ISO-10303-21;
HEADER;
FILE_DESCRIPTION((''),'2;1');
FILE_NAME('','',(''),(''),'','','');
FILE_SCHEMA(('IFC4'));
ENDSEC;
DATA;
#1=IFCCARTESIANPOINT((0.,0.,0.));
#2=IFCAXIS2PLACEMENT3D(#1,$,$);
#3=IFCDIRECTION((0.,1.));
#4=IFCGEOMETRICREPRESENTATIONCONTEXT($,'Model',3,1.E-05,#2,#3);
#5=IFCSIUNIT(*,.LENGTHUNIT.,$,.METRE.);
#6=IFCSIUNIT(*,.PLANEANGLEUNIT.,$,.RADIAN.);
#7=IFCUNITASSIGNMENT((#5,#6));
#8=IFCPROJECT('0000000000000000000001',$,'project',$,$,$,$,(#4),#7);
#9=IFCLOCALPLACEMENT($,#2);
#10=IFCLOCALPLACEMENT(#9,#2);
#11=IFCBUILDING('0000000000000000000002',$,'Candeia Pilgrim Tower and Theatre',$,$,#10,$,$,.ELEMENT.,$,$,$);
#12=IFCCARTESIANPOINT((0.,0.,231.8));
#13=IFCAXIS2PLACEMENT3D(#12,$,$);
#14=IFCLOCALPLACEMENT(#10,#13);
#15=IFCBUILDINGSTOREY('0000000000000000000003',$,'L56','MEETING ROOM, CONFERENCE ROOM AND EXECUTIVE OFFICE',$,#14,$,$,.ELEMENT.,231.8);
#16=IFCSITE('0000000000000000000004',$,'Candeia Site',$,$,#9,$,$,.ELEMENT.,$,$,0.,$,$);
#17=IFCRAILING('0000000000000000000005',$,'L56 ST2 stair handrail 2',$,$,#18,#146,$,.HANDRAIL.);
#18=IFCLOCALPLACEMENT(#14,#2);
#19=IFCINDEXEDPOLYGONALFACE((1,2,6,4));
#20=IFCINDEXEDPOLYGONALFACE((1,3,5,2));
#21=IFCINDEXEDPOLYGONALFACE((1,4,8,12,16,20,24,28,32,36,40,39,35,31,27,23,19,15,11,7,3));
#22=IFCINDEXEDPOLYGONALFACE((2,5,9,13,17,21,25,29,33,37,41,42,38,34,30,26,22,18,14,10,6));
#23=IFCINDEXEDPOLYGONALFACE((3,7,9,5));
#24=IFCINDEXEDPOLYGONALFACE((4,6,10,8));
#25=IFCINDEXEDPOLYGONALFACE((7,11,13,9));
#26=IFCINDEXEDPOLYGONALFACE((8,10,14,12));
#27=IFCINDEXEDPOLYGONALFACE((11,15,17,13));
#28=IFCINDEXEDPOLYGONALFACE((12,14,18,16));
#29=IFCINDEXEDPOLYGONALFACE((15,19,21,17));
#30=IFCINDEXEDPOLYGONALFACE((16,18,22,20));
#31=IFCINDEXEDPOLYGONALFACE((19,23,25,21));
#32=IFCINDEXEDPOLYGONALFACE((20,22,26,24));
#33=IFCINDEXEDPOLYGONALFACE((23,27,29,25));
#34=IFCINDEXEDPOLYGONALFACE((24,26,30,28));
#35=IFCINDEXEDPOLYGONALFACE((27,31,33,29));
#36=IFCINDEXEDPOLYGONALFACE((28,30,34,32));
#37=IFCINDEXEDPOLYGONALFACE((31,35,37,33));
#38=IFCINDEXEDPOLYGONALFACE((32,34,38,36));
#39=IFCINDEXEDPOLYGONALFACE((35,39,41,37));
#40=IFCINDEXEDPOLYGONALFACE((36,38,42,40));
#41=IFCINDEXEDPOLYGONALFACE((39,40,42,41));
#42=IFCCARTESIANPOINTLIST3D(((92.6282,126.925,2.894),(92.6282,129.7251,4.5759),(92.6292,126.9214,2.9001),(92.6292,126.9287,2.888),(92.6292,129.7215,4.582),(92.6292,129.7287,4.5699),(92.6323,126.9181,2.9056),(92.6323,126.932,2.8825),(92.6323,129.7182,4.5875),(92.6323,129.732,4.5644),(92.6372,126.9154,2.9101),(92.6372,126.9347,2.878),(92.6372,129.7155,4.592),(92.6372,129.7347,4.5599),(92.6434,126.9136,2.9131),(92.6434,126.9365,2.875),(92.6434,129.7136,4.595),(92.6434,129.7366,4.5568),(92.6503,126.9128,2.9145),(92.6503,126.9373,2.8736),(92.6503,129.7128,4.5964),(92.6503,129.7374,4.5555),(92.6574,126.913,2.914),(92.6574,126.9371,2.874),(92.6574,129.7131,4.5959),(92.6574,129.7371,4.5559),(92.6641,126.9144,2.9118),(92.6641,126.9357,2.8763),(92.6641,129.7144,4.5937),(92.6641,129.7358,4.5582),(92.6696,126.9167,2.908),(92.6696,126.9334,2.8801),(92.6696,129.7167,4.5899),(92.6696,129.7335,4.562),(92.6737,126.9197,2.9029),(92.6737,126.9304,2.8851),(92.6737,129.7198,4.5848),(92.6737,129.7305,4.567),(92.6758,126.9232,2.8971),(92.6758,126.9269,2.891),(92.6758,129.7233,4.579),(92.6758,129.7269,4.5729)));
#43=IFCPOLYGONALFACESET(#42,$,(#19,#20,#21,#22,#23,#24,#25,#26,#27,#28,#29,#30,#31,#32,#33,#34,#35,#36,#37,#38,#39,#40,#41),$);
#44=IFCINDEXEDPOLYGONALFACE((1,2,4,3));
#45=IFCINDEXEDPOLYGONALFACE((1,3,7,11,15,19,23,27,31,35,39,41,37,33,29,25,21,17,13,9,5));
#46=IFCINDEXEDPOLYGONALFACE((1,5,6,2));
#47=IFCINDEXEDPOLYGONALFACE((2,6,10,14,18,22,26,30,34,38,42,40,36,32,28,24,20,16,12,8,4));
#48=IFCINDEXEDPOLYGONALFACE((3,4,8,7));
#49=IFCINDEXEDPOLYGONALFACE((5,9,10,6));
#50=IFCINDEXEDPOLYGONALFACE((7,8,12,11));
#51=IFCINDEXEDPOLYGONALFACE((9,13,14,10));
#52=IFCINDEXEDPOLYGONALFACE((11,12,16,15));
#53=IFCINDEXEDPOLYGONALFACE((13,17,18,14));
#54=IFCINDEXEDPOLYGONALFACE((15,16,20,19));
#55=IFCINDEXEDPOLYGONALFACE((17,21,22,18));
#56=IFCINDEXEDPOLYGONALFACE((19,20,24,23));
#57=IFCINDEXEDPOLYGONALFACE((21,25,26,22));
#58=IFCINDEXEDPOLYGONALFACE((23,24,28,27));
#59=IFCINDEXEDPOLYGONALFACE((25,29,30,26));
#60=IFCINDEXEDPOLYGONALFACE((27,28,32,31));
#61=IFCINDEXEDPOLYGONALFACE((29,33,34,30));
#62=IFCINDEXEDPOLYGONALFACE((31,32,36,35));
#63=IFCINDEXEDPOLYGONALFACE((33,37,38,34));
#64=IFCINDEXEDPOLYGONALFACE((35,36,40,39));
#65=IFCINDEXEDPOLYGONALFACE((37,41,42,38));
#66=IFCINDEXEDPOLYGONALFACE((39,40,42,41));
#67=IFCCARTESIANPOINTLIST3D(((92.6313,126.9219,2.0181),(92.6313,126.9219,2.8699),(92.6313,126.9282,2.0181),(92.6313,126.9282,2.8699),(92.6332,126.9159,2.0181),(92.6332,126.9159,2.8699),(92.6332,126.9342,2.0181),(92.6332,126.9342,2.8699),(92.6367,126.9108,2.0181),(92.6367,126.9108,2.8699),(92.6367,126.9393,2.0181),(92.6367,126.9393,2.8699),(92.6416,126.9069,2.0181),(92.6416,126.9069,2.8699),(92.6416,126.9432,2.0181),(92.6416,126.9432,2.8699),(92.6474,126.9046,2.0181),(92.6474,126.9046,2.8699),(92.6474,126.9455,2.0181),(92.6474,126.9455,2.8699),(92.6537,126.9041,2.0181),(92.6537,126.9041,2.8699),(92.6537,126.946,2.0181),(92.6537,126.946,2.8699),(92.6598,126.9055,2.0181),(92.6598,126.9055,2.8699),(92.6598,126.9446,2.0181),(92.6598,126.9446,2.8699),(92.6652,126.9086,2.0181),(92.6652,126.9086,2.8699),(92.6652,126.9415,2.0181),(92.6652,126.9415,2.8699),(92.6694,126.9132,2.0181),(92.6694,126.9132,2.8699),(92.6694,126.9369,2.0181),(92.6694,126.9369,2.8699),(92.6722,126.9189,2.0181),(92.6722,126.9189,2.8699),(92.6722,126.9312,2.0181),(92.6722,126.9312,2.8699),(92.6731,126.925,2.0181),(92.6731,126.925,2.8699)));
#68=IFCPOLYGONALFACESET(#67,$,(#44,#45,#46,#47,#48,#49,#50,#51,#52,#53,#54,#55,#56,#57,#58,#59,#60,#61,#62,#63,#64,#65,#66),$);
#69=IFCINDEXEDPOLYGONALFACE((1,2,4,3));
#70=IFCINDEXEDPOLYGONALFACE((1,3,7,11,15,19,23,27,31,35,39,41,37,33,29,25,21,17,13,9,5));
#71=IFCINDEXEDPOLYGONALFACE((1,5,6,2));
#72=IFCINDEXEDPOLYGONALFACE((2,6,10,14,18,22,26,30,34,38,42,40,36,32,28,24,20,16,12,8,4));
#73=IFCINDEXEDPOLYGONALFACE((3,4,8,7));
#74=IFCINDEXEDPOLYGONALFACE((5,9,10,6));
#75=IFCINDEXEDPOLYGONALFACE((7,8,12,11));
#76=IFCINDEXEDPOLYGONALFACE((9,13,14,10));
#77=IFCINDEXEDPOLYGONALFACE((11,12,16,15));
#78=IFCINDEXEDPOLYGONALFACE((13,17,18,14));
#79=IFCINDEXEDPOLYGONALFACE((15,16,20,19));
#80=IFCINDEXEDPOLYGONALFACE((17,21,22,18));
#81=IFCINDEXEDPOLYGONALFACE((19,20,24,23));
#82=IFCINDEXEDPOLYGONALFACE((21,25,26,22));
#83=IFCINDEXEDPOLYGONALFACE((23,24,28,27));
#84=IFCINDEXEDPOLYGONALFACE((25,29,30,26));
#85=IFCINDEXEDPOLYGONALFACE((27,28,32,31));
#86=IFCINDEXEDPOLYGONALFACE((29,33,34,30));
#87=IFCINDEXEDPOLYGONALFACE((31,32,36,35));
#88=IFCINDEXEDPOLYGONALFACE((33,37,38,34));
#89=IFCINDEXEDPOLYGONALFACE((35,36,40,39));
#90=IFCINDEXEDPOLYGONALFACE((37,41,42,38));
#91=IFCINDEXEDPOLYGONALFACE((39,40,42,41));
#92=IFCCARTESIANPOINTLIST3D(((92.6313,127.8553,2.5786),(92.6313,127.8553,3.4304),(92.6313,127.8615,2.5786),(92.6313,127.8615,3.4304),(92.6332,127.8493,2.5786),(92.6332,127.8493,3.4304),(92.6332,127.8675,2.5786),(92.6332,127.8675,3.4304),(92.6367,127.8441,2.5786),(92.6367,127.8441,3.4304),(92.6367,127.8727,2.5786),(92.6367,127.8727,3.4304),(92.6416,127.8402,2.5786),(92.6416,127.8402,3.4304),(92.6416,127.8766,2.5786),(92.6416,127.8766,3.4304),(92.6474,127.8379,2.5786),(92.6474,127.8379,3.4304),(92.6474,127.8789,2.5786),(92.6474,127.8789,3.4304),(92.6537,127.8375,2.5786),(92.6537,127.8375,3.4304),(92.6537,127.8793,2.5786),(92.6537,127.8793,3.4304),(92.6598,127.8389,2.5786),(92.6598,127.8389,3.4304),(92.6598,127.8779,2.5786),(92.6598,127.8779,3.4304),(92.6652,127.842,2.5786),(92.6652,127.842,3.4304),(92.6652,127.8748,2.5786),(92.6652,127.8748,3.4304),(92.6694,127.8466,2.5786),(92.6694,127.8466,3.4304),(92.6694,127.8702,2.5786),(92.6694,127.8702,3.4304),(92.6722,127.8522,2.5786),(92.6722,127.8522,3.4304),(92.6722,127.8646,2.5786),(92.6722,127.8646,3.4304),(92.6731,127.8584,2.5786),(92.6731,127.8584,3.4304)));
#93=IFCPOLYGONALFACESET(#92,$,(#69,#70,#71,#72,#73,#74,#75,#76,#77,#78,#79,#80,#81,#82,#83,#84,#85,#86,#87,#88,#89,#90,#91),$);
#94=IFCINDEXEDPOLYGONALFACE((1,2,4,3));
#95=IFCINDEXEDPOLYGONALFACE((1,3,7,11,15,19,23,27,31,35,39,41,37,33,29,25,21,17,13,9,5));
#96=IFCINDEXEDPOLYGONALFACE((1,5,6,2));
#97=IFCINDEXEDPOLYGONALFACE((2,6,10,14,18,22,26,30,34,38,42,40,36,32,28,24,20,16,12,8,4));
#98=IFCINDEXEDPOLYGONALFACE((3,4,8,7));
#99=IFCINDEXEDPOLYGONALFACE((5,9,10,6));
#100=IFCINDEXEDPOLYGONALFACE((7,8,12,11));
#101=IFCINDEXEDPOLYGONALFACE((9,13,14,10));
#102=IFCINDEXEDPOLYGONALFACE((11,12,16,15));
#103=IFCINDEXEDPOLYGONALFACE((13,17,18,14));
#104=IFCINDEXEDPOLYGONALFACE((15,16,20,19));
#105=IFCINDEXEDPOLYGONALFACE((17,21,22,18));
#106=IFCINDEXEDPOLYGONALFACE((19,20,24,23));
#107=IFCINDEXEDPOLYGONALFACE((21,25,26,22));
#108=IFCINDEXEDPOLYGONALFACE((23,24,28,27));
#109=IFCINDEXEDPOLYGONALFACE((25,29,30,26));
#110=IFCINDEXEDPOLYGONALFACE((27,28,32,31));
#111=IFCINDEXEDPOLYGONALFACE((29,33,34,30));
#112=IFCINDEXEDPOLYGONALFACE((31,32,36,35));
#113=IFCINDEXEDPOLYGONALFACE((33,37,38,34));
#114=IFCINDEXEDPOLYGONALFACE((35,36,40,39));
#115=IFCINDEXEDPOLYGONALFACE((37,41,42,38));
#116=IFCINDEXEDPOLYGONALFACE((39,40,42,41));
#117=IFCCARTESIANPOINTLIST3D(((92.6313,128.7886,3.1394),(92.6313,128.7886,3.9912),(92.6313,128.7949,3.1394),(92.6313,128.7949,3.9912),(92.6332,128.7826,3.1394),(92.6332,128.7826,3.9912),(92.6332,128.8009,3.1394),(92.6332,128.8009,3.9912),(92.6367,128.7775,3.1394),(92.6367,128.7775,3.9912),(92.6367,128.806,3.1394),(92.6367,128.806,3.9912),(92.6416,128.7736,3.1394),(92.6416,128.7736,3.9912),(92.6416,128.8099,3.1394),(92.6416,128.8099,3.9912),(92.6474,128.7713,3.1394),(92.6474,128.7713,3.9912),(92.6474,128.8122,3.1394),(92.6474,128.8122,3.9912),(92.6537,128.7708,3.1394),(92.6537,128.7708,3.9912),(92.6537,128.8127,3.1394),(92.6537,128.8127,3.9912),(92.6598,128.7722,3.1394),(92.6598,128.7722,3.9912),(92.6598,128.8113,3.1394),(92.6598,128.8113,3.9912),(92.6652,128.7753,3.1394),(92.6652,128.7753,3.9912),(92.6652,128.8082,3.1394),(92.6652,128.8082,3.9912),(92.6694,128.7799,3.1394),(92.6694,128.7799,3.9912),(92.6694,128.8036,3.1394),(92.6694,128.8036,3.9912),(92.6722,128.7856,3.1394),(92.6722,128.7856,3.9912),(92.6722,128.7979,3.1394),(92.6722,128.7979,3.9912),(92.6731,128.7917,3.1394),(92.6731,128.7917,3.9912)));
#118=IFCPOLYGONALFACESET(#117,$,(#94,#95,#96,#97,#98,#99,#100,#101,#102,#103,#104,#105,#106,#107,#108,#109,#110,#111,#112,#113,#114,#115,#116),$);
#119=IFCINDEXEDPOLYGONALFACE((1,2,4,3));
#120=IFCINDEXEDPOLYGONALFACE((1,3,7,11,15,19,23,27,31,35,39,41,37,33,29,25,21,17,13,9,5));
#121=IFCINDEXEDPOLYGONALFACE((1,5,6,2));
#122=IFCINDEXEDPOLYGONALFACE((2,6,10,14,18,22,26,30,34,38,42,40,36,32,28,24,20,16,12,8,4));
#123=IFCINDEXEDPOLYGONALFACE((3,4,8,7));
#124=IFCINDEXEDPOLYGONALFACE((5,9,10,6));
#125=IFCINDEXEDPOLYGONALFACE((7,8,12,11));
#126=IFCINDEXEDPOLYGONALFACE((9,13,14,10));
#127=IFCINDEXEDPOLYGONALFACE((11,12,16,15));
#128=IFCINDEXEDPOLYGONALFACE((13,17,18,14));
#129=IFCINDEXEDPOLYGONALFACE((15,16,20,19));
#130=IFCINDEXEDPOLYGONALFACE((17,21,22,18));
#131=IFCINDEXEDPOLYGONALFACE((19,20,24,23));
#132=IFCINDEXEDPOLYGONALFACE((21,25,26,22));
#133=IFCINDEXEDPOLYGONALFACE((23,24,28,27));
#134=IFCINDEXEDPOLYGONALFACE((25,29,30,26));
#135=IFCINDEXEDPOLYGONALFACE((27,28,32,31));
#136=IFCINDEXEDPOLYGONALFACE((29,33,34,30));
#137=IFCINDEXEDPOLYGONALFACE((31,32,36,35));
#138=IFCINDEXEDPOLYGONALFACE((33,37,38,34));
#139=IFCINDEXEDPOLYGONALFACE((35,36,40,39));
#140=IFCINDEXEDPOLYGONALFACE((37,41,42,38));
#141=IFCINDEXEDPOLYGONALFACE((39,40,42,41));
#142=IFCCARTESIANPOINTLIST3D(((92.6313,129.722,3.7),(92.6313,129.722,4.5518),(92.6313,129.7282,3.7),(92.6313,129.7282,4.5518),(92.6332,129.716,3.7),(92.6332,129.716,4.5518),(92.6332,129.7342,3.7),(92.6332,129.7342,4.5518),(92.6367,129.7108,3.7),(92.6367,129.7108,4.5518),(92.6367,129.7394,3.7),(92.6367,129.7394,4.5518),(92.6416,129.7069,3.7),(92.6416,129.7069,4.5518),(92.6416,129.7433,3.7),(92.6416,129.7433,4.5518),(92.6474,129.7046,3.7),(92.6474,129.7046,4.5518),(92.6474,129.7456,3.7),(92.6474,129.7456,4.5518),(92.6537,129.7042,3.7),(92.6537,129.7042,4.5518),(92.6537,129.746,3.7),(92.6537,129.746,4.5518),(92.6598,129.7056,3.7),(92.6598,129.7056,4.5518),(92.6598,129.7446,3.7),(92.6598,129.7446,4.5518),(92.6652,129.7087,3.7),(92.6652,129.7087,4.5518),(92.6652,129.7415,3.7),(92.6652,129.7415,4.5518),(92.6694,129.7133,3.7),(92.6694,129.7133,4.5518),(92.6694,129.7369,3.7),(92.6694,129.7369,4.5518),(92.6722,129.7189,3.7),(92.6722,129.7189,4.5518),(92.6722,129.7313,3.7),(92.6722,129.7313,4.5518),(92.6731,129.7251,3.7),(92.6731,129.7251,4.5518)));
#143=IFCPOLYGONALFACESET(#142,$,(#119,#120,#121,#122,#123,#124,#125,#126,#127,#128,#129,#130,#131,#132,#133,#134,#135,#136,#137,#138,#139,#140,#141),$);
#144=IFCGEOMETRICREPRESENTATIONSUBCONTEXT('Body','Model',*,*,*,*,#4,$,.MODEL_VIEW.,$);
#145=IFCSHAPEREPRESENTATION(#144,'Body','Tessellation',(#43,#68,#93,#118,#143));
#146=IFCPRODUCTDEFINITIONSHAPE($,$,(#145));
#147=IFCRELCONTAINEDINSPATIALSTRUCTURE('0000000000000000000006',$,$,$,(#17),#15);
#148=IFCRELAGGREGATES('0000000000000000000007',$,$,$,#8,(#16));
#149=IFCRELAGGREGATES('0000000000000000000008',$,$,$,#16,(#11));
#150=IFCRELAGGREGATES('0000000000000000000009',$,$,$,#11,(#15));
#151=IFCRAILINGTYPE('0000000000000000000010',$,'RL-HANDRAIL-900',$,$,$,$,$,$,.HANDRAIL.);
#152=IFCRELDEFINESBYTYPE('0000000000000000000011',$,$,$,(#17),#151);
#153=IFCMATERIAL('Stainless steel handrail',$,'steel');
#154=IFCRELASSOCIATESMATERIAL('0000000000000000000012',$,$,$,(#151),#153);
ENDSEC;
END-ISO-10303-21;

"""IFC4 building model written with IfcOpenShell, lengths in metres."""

from ifc_helpers import new_model, si_unit, direction, frame, origin, origin_2d, place, context, subcontext, project, spatial, circle, extrude, material, type_object, element, save


model = new_model("IFC4")

# Units and contexts
model_context = context("Model", 3, precision=1e-05, world=origin(), true_north=direction((0.0, 1.0)))
body_context = subcontext(model_context, "Body", "Model", "MODEL_VIEW")
ifc_project = project(units=[si_unit("LENGTHUNIT", "METRE"), si_unit("PLANEANGLEUNIT", "RADIAN")], contexts=[model_context])

# Site, building, storey
site_placement = place(None, origin())
site = spatial("IfcSite", under=ifc_project, at=site_placement, Name="Candeia Site", CompositionType="ELEMENT", RefElevation=0.0)
building_placement = place(site_placement, origin())
building = spatial("IfcBuilding", under=site, at=building_placement, Name="Candeia Pilgrim Tower and Theatre", CompositionType="ELEMENT")
storey_placement = place(building_placement, frame((0.0, 0.0, 231.8)))
storey = spatial("IfcBuildingStorey", under=building, at=storey_placement, Name="L56", Description="MEETING ROOM, CONFERENCE ROOM AND EXECUTIVE OFFICE", CompositionType="ELEMENT", Elevation=231.8)

# Railing
ifc_material_1 = material(Name="Stainless steel handrail", Category="steel")
railing_type = type_object("IfcRailingType", Name="RL-HANDRAIL-900", PredefinedType="HANDRAIL", material=ifc_material_1)
for number, where, name in (
    (1, (92.6521, 126.925, 2.0181), "L56 ST2 stair handrail 2"),
):
    element("IfcRailing", number, at=place(storey_placement, frame(where)), inside=storey, type_object=railing_type, Name=name, PredefinedType="HANDRAIL", context=body_context, shape_type="SweptSolid", body=[
        extrude(circle(Radius=0.0239, at=origin_2d()), frame((0.0, 0.0, 0.876), z_axis=(0.0, 0.857242, 0.514913), x_axis=(-1.0, 0.0, 0.0)), (0.0, 0.0, 1.0), 3.2664),
        extrude(circle(Radius=0.021, at=origin_2d()), origin(), (0.0, 0.0, 1.0), 0.8518),
        extrude(circle(Radius=0.021, at=origin_2d()), frame((0.0, 0.9333, 0.5605)), (0.0, 0.0, 1.0), 0.8518),
        extrude(circle(Radius=0.021, at=origin_2d()), frame((0.0, 1.8667, 1.1213)), (0.0, 0.0, 1.0), 0.8518),
        extrude(circle(Radius=0.021, at=origin_2d()), frame((0.0, 2.8, 1.6819)), (0.0, 0.0, 1.0), 0.8518),
    ])

save(model, "model.ifc")
